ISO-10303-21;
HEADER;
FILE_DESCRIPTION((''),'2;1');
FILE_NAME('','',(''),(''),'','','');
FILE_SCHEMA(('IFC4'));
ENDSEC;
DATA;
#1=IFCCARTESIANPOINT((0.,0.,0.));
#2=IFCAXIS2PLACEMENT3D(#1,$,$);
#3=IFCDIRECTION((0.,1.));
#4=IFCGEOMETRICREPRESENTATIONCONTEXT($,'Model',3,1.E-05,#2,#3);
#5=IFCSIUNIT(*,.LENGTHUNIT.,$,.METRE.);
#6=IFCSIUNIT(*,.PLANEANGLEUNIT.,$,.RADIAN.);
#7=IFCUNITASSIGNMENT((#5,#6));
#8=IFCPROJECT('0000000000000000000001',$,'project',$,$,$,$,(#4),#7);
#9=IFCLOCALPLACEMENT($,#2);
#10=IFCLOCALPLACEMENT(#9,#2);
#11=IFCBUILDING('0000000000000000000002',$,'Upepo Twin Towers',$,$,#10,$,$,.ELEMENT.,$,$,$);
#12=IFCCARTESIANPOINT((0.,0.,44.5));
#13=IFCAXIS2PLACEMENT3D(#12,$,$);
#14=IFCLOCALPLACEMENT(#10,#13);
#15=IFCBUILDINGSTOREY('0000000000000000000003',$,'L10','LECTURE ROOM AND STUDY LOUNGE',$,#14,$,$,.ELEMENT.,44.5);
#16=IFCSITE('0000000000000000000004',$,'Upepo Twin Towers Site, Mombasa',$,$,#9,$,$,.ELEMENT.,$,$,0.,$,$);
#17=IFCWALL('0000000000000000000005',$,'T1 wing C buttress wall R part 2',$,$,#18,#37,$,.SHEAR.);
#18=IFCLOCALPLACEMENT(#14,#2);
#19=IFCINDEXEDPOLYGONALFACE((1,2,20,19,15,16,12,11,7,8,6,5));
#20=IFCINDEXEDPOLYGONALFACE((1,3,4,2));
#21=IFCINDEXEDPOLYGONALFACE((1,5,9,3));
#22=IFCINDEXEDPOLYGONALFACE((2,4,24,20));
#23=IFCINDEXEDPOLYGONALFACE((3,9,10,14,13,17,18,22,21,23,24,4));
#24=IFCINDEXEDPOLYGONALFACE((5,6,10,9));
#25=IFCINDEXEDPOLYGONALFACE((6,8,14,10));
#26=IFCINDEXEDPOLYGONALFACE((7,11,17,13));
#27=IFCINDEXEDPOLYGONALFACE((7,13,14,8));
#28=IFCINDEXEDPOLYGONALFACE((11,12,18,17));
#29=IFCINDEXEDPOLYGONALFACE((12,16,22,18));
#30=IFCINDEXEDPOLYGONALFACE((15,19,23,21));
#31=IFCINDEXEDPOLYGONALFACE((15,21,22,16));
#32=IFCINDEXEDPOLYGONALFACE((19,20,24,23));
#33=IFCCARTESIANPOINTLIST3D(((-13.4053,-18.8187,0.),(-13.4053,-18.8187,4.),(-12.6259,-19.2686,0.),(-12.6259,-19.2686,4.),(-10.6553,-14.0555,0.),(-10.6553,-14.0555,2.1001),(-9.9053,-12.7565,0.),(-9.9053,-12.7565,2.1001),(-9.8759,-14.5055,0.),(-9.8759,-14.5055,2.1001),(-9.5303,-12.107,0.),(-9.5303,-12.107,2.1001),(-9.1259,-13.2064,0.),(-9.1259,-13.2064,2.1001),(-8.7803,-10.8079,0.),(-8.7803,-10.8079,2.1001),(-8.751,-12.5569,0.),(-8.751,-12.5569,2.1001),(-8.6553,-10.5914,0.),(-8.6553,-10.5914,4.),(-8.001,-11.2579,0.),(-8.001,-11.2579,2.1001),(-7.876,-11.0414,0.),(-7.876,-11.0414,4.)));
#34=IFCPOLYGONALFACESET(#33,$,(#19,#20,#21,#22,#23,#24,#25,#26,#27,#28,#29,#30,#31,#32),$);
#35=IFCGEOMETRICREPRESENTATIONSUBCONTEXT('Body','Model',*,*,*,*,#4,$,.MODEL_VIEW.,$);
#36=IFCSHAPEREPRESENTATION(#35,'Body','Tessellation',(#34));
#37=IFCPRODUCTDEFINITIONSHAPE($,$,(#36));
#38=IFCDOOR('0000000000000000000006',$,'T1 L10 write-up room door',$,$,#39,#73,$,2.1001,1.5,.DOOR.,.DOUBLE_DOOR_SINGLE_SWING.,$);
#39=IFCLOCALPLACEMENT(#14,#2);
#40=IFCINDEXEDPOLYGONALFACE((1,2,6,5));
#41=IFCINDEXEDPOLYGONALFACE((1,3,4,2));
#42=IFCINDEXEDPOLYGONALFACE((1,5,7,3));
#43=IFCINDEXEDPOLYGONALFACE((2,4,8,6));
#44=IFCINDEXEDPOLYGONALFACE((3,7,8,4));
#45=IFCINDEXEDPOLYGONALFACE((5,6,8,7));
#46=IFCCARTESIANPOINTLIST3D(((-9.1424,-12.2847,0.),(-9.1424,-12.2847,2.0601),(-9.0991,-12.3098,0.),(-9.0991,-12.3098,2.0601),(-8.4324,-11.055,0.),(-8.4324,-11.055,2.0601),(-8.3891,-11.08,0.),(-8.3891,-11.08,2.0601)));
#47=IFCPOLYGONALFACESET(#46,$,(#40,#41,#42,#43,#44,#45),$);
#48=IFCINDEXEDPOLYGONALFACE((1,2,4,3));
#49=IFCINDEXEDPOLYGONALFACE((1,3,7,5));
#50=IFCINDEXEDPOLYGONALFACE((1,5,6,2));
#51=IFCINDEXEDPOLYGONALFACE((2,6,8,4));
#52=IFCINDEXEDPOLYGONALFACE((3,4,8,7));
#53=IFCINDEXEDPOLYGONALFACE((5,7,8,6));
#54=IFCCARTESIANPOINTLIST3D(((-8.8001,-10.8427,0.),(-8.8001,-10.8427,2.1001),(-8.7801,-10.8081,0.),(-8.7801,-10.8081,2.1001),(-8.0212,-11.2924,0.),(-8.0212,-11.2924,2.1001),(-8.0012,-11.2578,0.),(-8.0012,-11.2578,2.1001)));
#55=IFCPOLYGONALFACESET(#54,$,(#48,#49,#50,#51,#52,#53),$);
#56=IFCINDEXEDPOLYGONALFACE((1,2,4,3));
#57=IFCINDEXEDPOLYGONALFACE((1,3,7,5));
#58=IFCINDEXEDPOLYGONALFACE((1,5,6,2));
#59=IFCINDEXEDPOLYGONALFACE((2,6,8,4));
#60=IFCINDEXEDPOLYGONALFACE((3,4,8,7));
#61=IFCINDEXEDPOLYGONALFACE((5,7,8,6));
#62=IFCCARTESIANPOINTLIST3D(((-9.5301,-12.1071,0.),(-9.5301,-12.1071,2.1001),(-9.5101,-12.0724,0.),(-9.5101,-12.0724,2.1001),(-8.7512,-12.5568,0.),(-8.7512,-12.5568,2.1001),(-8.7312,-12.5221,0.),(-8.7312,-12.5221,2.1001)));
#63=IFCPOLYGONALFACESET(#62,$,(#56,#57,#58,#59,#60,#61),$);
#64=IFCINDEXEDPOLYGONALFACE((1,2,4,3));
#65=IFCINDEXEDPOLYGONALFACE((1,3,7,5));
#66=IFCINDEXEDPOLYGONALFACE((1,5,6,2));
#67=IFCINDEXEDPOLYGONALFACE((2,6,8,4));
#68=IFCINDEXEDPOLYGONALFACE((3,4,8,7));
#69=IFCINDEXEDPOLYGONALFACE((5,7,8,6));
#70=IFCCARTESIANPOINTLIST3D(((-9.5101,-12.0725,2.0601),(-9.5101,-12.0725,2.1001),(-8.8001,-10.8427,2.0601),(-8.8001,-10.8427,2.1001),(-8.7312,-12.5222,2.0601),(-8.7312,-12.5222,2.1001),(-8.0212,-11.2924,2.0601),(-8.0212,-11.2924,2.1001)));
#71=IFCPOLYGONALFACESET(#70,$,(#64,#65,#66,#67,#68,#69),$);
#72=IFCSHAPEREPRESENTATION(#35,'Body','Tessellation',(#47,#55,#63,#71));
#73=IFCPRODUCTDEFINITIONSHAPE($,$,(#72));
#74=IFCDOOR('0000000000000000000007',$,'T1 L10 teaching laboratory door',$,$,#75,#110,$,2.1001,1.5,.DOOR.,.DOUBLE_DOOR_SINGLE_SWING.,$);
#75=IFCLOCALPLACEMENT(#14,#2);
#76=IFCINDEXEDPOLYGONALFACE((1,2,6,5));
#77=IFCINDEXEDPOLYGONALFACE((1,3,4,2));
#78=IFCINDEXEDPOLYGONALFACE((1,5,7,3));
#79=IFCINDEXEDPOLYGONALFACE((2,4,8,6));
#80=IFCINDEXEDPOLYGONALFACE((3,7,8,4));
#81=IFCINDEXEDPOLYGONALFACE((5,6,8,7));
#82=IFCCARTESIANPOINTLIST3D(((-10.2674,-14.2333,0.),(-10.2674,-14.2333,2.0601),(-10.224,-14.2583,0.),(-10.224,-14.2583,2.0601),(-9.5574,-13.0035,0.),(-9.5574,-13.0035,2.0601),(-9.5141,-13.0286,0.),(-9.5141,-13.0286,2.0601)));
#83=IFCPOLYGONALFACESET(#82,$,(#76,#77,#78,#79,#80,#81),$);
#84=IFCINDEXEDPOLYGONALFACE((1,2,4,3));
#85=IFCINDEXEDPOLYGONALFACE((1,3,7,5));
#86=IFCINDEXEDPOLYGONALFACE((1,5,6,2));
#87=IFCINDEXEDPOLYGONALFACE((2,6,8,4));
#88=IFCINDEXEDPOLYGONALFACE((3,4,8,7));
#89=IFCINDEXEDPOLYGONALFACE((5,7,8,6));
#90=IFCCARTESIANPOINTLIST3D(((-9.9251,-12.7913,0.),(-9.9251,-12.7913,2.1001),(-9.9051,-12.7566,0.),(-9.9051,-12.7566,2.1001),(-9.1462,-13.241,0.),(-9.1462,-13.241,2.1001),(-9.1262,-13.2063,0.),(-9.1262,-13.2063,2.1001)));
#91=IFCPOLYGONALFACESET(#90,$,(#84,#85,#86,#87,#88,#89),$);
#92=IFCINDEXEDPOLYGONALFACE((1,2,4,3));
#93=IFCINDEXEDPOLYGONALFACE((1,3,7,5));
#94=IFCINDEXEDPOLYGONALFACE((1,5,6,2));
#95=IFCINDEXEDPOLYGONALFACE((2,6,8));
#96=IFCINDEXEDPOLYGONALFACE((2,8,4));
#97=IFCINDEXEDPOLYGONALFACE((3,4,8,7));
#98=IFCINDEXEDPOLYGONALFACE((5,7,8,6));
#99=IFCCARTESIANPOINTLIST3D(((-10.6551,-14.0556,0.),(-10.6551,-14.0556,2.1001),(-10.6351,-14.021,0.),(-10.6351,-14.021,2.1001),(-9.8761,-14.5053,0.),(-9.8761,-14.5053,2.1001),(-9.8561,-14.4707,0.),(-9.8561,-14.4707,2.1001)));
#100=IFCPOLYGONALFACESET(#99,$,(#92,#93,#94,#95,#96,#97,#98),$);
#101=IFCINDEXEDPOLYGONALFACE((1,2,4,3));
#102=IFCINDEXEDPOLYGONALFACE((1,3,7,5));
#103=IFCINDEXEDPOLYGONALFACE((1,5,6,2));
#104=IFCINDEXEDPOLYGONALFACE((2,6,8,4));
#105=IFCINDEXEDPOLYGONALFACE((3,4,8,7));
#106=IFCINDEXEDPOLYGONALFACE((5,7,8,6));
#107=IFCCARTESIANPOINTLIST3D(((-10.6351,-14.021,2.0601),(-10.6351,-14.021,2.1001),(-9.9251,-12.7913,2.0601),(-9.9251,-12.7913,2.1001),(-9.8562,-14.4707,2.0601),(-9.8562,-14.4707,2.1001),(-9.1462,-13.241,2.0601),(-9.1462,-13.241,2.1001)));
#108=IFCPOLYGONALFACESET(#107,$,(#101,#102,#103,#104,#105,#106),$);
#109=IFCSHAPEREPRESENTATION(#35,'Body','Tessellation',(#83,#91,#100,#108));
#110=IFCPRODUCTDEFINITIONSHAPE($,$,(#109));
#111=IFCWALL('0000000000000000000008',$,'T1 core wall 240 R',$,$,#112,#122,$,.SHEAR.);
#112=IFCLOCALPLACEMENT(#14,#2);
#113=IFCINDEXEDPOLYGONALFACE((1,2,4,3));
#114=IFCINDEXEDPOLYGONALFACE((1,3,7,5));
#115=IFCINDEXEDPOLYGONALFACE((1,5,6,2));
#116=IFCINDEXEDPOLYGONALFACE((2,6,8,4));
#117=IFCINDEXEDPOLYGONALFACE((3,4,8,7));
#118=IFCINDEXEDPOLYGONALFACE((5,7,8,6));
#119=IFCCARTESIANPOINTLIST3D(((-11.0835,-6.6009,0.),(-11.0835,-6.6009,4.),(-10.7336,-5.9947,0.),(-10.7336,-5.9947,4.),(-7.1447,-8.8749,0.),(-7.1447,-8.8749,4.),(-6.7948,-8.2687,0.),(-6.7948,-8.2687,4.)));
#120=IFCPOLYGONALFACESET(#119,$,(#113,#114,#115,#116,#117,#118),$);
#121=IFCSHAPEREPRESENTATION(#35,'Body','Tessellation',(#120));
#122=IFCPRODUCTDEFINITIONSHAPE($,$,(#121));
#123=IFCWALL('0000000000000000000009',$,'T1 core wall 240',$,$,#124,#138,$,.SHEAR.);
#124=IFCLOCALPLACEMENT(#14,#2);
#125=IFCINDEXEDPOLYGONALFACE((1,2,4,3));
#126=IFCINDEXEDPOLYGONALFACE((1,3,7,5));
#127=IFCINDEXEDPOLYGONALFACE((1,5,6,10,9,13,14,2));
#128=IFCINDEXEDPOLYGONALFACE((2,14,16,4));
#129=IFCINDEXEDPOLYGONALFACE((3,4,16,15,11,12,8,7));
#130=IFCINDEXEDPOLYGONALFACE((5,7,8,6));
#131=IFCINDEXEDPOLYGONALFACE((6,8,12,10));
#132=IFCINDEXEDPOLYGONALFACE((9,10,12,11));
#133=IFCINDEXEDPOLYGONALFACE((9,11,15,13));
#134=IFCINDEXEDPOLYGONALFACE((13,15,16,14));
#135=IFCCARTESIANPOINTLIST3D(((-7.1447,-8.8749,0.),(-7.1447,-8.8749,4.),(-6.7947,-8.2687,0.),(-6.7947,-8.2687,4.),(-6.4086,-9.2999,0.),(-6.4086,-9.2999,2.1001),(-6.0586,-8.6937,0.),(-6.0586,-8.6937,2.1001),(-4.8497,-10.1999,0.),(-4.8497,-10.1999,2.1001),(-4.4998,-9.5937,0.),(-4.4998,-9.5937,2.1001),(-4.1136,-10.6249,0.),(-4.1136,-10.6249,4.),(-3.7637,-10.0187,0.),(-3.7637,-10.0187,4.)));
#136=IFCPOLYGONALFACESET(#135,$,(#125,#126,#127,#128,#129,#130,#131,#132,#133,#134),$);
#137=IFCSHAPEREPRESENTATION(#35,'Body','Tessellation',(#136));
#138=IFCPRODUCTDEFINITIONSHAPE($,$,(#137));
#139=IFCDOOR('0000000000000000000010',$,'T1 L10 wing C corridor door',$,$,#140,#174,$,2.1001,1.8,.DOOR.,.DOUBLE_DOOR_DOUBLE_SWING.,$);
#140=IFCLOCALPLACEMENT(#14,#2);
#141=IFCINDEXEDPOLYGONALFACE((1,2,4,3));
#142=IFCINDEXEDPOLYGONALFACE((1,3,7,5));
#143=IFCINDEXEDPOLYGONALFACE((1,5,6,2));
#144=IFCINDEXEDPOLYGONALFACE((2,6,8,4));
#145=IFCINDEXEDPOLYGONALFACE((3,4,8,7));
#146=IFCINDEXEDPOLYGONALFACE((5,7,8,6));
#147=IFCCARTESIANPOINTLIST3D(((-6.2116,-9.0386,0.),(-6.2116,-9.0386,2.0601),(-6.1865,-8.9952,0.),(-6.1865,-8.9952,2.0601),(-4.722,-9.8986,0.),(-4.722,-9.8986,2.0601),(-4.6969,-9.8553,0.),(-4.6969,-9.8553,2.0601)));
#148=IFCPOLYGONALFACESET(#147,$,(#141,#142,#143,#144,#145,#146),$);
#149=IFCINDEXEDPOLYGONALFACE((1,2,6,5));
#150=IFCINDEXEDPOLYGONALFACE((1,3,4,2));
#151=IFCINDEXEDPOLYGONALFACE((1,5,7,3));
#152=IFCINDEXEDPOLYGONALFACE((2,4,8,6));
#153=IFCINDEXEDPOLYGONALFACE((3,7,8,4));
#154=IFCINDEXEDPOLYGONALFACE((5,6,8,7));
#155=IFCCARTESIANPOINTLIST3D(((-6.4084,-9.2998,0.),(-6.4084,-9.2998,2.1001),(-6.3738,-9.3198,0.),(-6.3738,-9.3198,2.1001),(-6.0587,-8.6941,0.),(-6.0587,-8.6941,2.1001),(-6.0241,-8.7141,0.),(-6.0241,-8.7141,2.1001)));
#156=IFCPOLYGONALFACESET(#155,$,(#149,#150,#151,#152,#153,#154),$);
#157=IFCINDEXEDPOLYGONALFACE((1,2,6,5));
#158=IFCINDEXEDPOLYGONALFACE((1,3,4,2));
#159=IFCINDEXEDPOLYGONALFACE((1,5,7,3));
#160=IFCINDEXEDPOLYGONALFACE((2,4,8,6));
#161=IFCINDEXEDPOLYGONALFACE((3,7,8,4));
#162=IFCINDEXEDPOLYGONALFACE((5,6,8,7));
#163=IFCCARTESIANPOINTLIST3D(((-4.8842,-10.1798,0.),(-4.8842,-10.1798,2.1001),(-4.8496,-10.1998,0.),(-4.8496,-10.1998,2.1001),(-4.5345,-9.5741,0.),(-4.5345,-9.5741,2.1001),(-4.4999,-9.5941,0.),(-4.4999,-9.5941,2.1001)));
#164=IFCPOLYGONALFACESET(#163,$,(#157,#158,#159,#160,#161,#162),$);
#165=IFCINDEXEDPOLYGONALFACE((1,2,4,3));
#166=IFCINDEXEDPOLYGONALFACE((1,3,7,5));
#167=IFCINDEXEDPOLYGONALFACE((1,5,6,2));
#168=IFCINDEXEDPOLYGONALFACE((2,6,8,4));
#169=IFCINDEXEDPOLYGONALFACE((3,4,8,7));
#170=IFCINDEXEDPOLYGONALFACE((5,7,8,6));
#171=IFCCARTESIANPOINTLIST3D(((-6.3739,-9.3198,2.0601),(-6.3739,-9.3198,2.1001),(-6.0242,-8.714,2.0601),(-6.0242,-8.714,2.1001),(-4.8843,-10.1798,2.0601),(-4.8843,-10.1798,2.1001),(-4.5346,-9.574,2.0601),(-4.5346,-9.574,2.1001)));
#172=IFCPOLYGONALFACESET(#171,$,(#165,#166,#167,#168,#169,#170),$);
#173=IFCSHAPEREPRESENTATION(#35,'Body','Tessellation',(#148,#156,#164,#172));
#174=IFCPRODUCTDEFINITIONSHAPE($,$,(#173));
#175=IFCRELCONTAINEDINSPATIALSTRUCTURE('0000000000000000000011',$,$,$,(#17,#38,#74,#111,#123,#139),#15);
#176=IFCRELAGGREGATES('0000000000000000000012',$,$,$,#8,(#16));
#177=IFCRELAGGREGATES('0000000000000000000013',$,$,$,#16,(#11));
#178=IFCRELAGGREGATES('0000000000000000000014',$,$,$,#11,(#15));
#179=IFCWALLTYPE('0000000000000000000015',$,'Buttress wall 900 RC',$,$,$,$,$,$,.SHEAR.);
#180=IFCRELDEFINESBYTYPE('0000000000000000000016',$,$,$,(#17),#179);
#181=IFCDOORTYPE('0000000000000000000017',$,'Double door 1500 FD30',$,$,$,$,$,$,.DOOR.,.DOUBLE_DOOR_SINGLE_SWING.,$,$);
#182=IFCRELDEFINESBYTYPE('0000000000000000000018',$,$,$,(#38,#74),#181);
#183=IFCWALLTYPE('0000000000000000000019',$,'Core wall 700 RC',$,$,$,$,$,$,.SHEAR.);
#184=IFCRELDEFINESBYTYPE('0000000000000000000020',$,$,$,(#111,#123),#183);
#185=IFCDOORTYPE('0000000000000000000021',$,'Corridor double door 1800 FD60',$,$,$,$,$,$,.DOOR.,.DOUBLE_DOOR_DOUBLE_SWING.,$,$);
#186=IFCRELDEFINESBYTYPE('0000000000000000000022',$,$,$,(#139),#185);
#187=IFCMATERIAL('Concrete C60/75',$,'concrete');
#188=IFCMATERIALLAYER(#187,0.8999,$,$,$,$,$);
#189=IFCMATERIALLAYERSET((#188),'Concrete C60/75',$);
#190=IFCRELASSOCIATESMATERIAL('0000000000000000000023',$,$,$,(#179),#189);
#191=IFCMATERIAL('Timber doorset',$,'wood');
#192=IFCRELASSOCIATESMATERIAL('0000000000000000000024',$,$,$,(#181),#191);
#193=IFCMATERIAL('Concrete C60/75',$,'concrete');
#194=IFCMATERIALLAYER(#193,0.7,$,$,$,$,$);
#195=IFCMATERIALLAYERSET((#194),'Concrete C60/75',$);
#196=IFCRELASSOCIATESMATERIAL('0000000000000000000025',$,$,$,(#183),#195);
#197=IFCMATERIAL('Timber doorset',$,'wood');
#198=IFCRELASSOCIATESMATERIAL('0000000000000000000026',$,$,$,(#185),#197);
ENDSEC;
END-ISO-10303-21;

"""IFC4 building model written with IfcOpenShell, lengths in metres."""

from ifc_helpers import new_model, si_unit, direction, frame, frame_2d, origin, place, context, subcontext, project, spatial, rectangle, extrude, material, layer, layer_set, type_object, element, fill, save


model = new_model("IFC4")

# Units and contexts
model_context = context("Model", 3, precision=1e-05, world=origin(), true_north=direction((0.0, 1.0)))
body_context = subcontext(model_context, "Body", "Model", "MODEL_VIEW")
ifc_project = project(units=[si_unit("LENGTHUNIT", "METRE"), si_unit("PLANEANGLEUNIT", "RADIAN")], contexts=[model_context])

# Site, building, storey
site_placement = place(None, origin())
site = spatial("IfcSite", under=ifc_project, at=site_placement, Name="Upepo Twin Towers Site, Mombasa", CompositionType="ELEMENT", RefElevation=0.0)
building_placement = place(site_placement, origin())
building = spatial("IfcBuilding", under=site, at=building_placement, Name="Upepo Twin Towers", CompositionType="ELEMENT")
storey_placement = place(building_placement, frame((0.0, 0.0, 44.5)))
storey = spatial("IfcBuildingStorey", under=building, at=storey_placement, Name="L10", Description="LECTURE ROOM AND STUDY LOUNGE", CompositionType="ELEMENT", Elevation=44.5)

# Wall, openings, doors
ifc_material_1 = material(Name="Concrete C60/75", Category="concrete")
ifc_layer_1 = layer(ifc_material_1, 0.8999)
ifc_layer_set_1 = layer_set([ifc_layer_1], Name="Concrete C60/75")
wall_type_1 = type_object("IfcWallType", Name="Buttress wall 900 RC", PredefinedType="SHEAR", material=ifc_layer_set_1)
wall_1_placement = place(storey_placement, frame((-8.2656, -10.8164, 0.0), z_axis=(0.0, 0.0, 1.0), x_axis=(-0.499998, -0.866027, 0.0)))
wall_1 = element("IfcWall", 1, at=wall_1_placement, inside=storey, type_object=wall_type_1, Name="T1 wing C buttress wall R part 2", PredefinedType="SHEAR", context=body_context, shape_type="SweptSolid", body=[
    extrude(rectangle(XDim=9.5, YDim=0.8999, at=frame_2d((4.75, 0.0))), origin(), (0.0, 0.0, 1.0), 4.0),
])
opening_1_placement = place(wall_1_placement, frame((0.25, 0.0, 0.0)))
opening_1 = element("IfcOpeningElement", 2, at=opening_1_placement, cuts=wall_1, PredefinedType="OPENING", context=body_context, shape_type="SweptSolid", body=[
    extrude(rectangle(XDim=1.5, YDim=2.1001, at=frame_2d((0.75, 1.05))), frame((0.0, 0.46, 0.0), z_axis=(0.0, -1.0, 0.0), x_axis=(1.0, 0.0, 0.0)), (0.0, 0.0, 1.0), 0.9199),
])
opening_2_placement = place(wall_1_placement, frame((2.5, 0.0, 0.0)))
opening_2 = element("IfcOpeningElement", 3, at=opening_2_placement, cuts=wall_1, PredefinedType="OPENING", context=body_context, shape_type="SweptSolid", body=[
    extrude(rectangle(XDim=1.5, YDim=2.1001, at=frame_2d((0.75, 1.05))), frame((0.0, 0.46, 0.0), z_axis=(0.0, -1.0, 0.0), x_axis=(1.0, 0.0, 0.0)), (0.0, 0.0, 1.0), 0.9199),
])
ifc_material_2 = material(Name="Timber doorset", Category="wood")
door_type_1 = type_object("IfcDoorType", Name="Double door 1500 FD30", OperationType="DOUBLE_DOOR_SINGLE_SWING", PredefinedType="DOOR", material=ifc_material_2)
door_1_placement = place(opening_1_placement, origin())
door_1 = element("IfcDoor", 4, at=door_1_placement, inside=storey, type_object=door_type_1, Name="T1 L10 write-up room door", OperationType="DOUBLE_DOOR_SINGLE_SWING", OverallHeight=2.1001, OverallWidth=1.5, PredefinedType="DOOR", context=body_context, shape_type="SweptSolid", body=[
    extrude(rectangle(XDim=1.42, YDim=2.0601, at=frame_2d((0.75, 1.03))), frame((0.0, 0.0249, 0.0), z_axis=(0.0, -1.0, 0.0), x_axis=(1.0, 0.0, 0.0)), (0.0, 0.0, 1.0), 0.05),
    extrude(rectangle(XDim=0.04, YDim=2.1001, at=frame_2d((0.02, 1.05))), frame((0.0, 0.4497, 0.0), z_axis=(0.0, -1.0, 0.0), x_axis=(1.0, 0.0, 0.0)), (0.0, 0.0, 1.0), 0.8994),
    extrude(rectangle(XDim=0.04, YDim=2.1001, at=frame_2d((1.48, 1.05))), frame((0.0, 0.4497, 0.0), z_axis=(0.0, -1.0, 0.0), x_axis=(1.0, 0.0, 0.0)), (0.0, 0.0, 1.0), 0.8994),
    extrude(rectangle(XDim=1.42, YDim=0.04, at=frame_2d((0.75, 2.0801))), frame((0.0, 0.4497, 0.0), z_axis=(0.0, -1.0, 0.0), x_axis=(1.0, 0.0, 0.0)), (0.0, 0.0, 1.0), 0.8994),
])
fill(opening_1, door_1)
door_2_placement = place(opening_2_placement, origin())
door_2 = element("IfcDoor", 5, at=door_2_placement, inside=storey, type_object=door_type_1, Name="T1 L10 teaching laboratory door", OperationType="DOUBLE_DOOR_SINGLE_SWING", OverallHeight=2.1001, OverallWidth=1.5, PredefinedType="DOOR", context=body_context, shape_type="SweptSolid", body=[
    extrude(rectangle(XDim=1.42, YDim=2.0601, at=frame_2d((0.75, 1.03))), frame((0.0, 0.0249, 0.0), z_axis=(0.0, -1.0, 0.0), x_axis=(1.0, 0.0, 0.0)), (0.0, 0.0, 1.0), 0.05),
    extrude(rectangle(XDim=0.04, YDim=2.1001, at=frame_2d((0.02, 1.05))), frame((0.0, 0.4497, 0.0), z_axis=(0.0, -1.0, 0.0), x_axis=(1.0, 0.0, 0.0)), (0.0, 0.0, 1.0), 0.8994),
    extrude(rectangle(XDim=0.04, YDim=2.1001, at=frame_2d((1.48, 1.05))), frame((0.0, 0.4497, 0.0), z_axis=(0.0, -1.0, 0.0), x_axis=(1.0, 0.0, 0.0)), (0.0, 0.0, 1.0), 0.8994),
    extrude(rectangle(XDim=1.42, YDim=0.04, at=frame_2d((0.75, 2.0801))), frame((0.0, 0.4497, 0.0), z_axis=(0.0, -1.0, 0.0), x_axis=(1.0, 0.0, 0.0)), (0.0, 0.0, 1.0), 0.8994),
])
fill(opening_2, door_2)

# Wall
ifc_material_3 = material(Name="Concrete C60/75", Category="concrete")
ifc_layer_2 = layer(ifc_material_3, 0.7)
ifc_layer_set_2 = layer_set([ifc_layer_2], Name="Concrete C60/75")
wall_type_2 = type_object("IfcWallType", Name="Core wall 700 RC", PredefinedType="SHEAR", material=ifc_layer_set_2)
wall_2_placement = place(storey_placement, frame((-10.9084, -6.2979, 0.0), z_axis=(0.0, 0.0, 1.0), x_axis=(0.866035, -0.499984, 0.0)))
element("IfcWall", 6, at=wall_2_placement, inside=storey, type_object=wall_type_2, Name="T1 core wall 240 R", PredefinedType="SHEAR", context=body_context, shape_type="SweptSolid", body=[
    extrude(rectangle(XDim=4.5481, YDim=0.7, at=frame_2d((2.2739, 0.0))), origin(), (0.0, 0.0, 1.0), 4.0),
])

# Wall, opening, door
wall_3_placement = place(storey_placement, frame((-6.9697, -8.5718, 0.0), z_axis=(0.0, 0.0, 1.0), x_axis=(0.866019, -0.50001, 0.0)))
wall_3 = element("IfcWall", 7, at=wall_3_placement, inside=storey, type_object=wall_type_2, Name="T1 core wall 240", PredefinedType="SHEAR", context=body_context, shape_type="SweptSolid", body=[
    extrude(rectangle(XDim=3.5, YDim=0.7, at=frame_2d((1.75, 0.0))), origin(), (0.0, 0.0, 1.0), 4.0),
])
opening_3_placement = place(wall_3_placement, frame((0.8501, 0.0, 0.0)))
opening_3 = element("IfcOpeningElement", 8, at=opening_3_placement, cuts=wall_3, PredefinedType="OPENING", context=body_context, shape_type="SweptSolid", body=[
    extrude(rectangle(XDim=1.8, YDim=2.1001, at=frame_2d((0.8999, 1.05))), frame((0.0, 0.3599, 0.0), z_axis=(0.0, -1.0, 0.0), x_axis=(1.0, 0.0, 0.0)), (0.0, 0.0, 1.0), 0.72),
])
ifc_material_4 = material(Name="Timber doorset", Category="wood")
door_type_2 = type_object("IfcDoorType", Name="Corridor double door 1800 FD60", OperationType="DOUBLE_DOOR_DOUBLE_SWING", PredefinedType="DOOR", material=ifc_material_4)
door_3_placement = place(opening_3_placement, origin())
door_3 = element("IfcDoor", 9, at=door_3_placement, inside=storey, type_object=door_type_2, Name="T1 L10 wing C corridor door", OperationType="DOUBLE_DOOR_DOUBLE_SWING", OverallHeight=2.1001, OverallWidth=1.8, PredefinedType="DOOR", context=body_context, shape_type="SweptSolid", body=[
    extrude(rectangle(XDim=1.72, YDim=2.0601, at=frame_2d((0.8999, 1.03))), frame((0.0, 0.0249, 0.0), z_axis=(0.0, -1.0, 0.0), x_axis=(1.0, 0.0, 0.0)), (0.0, 0.0, 1.0), 0.05),
    extrude(rectangle(XDim=0.04, YDim=2.1001, at=frame_2d((0.02, 1.05))), frame((0.0, 0.3496, 0.0), z_axis=(0.0, -1.0, 0.0), x_axis=(1.0, 0.0, 0.0)), (0.0, 0.0, 1.0), 0.6995),
    extrude(rectangle(XDim=0.04, YDim=2.1001, at=frame_2d((1.78, 1.05))), frame((0.0, 0.3496, 0.0), z_axis=(0.0, -1.0, 0.0), x_axis=(1.0, 0.0, 0.0)), (0.0, 0.0, 1.0), 0.6995),
    extrude(rectangle(XDim=1.72, YDim=0.04, at=frame_2d((0.8999, 2.0801))), frame((0.0, 0.3496, 0.0), z_axis=(0.0, -1.0, 0.0), x_axis=(1.0, 0.0, 0.0)), (0.0, 0.0, 1.0), 0.6995),
])
fill(opening_3, door_3)

save(model, "model.ifc")
